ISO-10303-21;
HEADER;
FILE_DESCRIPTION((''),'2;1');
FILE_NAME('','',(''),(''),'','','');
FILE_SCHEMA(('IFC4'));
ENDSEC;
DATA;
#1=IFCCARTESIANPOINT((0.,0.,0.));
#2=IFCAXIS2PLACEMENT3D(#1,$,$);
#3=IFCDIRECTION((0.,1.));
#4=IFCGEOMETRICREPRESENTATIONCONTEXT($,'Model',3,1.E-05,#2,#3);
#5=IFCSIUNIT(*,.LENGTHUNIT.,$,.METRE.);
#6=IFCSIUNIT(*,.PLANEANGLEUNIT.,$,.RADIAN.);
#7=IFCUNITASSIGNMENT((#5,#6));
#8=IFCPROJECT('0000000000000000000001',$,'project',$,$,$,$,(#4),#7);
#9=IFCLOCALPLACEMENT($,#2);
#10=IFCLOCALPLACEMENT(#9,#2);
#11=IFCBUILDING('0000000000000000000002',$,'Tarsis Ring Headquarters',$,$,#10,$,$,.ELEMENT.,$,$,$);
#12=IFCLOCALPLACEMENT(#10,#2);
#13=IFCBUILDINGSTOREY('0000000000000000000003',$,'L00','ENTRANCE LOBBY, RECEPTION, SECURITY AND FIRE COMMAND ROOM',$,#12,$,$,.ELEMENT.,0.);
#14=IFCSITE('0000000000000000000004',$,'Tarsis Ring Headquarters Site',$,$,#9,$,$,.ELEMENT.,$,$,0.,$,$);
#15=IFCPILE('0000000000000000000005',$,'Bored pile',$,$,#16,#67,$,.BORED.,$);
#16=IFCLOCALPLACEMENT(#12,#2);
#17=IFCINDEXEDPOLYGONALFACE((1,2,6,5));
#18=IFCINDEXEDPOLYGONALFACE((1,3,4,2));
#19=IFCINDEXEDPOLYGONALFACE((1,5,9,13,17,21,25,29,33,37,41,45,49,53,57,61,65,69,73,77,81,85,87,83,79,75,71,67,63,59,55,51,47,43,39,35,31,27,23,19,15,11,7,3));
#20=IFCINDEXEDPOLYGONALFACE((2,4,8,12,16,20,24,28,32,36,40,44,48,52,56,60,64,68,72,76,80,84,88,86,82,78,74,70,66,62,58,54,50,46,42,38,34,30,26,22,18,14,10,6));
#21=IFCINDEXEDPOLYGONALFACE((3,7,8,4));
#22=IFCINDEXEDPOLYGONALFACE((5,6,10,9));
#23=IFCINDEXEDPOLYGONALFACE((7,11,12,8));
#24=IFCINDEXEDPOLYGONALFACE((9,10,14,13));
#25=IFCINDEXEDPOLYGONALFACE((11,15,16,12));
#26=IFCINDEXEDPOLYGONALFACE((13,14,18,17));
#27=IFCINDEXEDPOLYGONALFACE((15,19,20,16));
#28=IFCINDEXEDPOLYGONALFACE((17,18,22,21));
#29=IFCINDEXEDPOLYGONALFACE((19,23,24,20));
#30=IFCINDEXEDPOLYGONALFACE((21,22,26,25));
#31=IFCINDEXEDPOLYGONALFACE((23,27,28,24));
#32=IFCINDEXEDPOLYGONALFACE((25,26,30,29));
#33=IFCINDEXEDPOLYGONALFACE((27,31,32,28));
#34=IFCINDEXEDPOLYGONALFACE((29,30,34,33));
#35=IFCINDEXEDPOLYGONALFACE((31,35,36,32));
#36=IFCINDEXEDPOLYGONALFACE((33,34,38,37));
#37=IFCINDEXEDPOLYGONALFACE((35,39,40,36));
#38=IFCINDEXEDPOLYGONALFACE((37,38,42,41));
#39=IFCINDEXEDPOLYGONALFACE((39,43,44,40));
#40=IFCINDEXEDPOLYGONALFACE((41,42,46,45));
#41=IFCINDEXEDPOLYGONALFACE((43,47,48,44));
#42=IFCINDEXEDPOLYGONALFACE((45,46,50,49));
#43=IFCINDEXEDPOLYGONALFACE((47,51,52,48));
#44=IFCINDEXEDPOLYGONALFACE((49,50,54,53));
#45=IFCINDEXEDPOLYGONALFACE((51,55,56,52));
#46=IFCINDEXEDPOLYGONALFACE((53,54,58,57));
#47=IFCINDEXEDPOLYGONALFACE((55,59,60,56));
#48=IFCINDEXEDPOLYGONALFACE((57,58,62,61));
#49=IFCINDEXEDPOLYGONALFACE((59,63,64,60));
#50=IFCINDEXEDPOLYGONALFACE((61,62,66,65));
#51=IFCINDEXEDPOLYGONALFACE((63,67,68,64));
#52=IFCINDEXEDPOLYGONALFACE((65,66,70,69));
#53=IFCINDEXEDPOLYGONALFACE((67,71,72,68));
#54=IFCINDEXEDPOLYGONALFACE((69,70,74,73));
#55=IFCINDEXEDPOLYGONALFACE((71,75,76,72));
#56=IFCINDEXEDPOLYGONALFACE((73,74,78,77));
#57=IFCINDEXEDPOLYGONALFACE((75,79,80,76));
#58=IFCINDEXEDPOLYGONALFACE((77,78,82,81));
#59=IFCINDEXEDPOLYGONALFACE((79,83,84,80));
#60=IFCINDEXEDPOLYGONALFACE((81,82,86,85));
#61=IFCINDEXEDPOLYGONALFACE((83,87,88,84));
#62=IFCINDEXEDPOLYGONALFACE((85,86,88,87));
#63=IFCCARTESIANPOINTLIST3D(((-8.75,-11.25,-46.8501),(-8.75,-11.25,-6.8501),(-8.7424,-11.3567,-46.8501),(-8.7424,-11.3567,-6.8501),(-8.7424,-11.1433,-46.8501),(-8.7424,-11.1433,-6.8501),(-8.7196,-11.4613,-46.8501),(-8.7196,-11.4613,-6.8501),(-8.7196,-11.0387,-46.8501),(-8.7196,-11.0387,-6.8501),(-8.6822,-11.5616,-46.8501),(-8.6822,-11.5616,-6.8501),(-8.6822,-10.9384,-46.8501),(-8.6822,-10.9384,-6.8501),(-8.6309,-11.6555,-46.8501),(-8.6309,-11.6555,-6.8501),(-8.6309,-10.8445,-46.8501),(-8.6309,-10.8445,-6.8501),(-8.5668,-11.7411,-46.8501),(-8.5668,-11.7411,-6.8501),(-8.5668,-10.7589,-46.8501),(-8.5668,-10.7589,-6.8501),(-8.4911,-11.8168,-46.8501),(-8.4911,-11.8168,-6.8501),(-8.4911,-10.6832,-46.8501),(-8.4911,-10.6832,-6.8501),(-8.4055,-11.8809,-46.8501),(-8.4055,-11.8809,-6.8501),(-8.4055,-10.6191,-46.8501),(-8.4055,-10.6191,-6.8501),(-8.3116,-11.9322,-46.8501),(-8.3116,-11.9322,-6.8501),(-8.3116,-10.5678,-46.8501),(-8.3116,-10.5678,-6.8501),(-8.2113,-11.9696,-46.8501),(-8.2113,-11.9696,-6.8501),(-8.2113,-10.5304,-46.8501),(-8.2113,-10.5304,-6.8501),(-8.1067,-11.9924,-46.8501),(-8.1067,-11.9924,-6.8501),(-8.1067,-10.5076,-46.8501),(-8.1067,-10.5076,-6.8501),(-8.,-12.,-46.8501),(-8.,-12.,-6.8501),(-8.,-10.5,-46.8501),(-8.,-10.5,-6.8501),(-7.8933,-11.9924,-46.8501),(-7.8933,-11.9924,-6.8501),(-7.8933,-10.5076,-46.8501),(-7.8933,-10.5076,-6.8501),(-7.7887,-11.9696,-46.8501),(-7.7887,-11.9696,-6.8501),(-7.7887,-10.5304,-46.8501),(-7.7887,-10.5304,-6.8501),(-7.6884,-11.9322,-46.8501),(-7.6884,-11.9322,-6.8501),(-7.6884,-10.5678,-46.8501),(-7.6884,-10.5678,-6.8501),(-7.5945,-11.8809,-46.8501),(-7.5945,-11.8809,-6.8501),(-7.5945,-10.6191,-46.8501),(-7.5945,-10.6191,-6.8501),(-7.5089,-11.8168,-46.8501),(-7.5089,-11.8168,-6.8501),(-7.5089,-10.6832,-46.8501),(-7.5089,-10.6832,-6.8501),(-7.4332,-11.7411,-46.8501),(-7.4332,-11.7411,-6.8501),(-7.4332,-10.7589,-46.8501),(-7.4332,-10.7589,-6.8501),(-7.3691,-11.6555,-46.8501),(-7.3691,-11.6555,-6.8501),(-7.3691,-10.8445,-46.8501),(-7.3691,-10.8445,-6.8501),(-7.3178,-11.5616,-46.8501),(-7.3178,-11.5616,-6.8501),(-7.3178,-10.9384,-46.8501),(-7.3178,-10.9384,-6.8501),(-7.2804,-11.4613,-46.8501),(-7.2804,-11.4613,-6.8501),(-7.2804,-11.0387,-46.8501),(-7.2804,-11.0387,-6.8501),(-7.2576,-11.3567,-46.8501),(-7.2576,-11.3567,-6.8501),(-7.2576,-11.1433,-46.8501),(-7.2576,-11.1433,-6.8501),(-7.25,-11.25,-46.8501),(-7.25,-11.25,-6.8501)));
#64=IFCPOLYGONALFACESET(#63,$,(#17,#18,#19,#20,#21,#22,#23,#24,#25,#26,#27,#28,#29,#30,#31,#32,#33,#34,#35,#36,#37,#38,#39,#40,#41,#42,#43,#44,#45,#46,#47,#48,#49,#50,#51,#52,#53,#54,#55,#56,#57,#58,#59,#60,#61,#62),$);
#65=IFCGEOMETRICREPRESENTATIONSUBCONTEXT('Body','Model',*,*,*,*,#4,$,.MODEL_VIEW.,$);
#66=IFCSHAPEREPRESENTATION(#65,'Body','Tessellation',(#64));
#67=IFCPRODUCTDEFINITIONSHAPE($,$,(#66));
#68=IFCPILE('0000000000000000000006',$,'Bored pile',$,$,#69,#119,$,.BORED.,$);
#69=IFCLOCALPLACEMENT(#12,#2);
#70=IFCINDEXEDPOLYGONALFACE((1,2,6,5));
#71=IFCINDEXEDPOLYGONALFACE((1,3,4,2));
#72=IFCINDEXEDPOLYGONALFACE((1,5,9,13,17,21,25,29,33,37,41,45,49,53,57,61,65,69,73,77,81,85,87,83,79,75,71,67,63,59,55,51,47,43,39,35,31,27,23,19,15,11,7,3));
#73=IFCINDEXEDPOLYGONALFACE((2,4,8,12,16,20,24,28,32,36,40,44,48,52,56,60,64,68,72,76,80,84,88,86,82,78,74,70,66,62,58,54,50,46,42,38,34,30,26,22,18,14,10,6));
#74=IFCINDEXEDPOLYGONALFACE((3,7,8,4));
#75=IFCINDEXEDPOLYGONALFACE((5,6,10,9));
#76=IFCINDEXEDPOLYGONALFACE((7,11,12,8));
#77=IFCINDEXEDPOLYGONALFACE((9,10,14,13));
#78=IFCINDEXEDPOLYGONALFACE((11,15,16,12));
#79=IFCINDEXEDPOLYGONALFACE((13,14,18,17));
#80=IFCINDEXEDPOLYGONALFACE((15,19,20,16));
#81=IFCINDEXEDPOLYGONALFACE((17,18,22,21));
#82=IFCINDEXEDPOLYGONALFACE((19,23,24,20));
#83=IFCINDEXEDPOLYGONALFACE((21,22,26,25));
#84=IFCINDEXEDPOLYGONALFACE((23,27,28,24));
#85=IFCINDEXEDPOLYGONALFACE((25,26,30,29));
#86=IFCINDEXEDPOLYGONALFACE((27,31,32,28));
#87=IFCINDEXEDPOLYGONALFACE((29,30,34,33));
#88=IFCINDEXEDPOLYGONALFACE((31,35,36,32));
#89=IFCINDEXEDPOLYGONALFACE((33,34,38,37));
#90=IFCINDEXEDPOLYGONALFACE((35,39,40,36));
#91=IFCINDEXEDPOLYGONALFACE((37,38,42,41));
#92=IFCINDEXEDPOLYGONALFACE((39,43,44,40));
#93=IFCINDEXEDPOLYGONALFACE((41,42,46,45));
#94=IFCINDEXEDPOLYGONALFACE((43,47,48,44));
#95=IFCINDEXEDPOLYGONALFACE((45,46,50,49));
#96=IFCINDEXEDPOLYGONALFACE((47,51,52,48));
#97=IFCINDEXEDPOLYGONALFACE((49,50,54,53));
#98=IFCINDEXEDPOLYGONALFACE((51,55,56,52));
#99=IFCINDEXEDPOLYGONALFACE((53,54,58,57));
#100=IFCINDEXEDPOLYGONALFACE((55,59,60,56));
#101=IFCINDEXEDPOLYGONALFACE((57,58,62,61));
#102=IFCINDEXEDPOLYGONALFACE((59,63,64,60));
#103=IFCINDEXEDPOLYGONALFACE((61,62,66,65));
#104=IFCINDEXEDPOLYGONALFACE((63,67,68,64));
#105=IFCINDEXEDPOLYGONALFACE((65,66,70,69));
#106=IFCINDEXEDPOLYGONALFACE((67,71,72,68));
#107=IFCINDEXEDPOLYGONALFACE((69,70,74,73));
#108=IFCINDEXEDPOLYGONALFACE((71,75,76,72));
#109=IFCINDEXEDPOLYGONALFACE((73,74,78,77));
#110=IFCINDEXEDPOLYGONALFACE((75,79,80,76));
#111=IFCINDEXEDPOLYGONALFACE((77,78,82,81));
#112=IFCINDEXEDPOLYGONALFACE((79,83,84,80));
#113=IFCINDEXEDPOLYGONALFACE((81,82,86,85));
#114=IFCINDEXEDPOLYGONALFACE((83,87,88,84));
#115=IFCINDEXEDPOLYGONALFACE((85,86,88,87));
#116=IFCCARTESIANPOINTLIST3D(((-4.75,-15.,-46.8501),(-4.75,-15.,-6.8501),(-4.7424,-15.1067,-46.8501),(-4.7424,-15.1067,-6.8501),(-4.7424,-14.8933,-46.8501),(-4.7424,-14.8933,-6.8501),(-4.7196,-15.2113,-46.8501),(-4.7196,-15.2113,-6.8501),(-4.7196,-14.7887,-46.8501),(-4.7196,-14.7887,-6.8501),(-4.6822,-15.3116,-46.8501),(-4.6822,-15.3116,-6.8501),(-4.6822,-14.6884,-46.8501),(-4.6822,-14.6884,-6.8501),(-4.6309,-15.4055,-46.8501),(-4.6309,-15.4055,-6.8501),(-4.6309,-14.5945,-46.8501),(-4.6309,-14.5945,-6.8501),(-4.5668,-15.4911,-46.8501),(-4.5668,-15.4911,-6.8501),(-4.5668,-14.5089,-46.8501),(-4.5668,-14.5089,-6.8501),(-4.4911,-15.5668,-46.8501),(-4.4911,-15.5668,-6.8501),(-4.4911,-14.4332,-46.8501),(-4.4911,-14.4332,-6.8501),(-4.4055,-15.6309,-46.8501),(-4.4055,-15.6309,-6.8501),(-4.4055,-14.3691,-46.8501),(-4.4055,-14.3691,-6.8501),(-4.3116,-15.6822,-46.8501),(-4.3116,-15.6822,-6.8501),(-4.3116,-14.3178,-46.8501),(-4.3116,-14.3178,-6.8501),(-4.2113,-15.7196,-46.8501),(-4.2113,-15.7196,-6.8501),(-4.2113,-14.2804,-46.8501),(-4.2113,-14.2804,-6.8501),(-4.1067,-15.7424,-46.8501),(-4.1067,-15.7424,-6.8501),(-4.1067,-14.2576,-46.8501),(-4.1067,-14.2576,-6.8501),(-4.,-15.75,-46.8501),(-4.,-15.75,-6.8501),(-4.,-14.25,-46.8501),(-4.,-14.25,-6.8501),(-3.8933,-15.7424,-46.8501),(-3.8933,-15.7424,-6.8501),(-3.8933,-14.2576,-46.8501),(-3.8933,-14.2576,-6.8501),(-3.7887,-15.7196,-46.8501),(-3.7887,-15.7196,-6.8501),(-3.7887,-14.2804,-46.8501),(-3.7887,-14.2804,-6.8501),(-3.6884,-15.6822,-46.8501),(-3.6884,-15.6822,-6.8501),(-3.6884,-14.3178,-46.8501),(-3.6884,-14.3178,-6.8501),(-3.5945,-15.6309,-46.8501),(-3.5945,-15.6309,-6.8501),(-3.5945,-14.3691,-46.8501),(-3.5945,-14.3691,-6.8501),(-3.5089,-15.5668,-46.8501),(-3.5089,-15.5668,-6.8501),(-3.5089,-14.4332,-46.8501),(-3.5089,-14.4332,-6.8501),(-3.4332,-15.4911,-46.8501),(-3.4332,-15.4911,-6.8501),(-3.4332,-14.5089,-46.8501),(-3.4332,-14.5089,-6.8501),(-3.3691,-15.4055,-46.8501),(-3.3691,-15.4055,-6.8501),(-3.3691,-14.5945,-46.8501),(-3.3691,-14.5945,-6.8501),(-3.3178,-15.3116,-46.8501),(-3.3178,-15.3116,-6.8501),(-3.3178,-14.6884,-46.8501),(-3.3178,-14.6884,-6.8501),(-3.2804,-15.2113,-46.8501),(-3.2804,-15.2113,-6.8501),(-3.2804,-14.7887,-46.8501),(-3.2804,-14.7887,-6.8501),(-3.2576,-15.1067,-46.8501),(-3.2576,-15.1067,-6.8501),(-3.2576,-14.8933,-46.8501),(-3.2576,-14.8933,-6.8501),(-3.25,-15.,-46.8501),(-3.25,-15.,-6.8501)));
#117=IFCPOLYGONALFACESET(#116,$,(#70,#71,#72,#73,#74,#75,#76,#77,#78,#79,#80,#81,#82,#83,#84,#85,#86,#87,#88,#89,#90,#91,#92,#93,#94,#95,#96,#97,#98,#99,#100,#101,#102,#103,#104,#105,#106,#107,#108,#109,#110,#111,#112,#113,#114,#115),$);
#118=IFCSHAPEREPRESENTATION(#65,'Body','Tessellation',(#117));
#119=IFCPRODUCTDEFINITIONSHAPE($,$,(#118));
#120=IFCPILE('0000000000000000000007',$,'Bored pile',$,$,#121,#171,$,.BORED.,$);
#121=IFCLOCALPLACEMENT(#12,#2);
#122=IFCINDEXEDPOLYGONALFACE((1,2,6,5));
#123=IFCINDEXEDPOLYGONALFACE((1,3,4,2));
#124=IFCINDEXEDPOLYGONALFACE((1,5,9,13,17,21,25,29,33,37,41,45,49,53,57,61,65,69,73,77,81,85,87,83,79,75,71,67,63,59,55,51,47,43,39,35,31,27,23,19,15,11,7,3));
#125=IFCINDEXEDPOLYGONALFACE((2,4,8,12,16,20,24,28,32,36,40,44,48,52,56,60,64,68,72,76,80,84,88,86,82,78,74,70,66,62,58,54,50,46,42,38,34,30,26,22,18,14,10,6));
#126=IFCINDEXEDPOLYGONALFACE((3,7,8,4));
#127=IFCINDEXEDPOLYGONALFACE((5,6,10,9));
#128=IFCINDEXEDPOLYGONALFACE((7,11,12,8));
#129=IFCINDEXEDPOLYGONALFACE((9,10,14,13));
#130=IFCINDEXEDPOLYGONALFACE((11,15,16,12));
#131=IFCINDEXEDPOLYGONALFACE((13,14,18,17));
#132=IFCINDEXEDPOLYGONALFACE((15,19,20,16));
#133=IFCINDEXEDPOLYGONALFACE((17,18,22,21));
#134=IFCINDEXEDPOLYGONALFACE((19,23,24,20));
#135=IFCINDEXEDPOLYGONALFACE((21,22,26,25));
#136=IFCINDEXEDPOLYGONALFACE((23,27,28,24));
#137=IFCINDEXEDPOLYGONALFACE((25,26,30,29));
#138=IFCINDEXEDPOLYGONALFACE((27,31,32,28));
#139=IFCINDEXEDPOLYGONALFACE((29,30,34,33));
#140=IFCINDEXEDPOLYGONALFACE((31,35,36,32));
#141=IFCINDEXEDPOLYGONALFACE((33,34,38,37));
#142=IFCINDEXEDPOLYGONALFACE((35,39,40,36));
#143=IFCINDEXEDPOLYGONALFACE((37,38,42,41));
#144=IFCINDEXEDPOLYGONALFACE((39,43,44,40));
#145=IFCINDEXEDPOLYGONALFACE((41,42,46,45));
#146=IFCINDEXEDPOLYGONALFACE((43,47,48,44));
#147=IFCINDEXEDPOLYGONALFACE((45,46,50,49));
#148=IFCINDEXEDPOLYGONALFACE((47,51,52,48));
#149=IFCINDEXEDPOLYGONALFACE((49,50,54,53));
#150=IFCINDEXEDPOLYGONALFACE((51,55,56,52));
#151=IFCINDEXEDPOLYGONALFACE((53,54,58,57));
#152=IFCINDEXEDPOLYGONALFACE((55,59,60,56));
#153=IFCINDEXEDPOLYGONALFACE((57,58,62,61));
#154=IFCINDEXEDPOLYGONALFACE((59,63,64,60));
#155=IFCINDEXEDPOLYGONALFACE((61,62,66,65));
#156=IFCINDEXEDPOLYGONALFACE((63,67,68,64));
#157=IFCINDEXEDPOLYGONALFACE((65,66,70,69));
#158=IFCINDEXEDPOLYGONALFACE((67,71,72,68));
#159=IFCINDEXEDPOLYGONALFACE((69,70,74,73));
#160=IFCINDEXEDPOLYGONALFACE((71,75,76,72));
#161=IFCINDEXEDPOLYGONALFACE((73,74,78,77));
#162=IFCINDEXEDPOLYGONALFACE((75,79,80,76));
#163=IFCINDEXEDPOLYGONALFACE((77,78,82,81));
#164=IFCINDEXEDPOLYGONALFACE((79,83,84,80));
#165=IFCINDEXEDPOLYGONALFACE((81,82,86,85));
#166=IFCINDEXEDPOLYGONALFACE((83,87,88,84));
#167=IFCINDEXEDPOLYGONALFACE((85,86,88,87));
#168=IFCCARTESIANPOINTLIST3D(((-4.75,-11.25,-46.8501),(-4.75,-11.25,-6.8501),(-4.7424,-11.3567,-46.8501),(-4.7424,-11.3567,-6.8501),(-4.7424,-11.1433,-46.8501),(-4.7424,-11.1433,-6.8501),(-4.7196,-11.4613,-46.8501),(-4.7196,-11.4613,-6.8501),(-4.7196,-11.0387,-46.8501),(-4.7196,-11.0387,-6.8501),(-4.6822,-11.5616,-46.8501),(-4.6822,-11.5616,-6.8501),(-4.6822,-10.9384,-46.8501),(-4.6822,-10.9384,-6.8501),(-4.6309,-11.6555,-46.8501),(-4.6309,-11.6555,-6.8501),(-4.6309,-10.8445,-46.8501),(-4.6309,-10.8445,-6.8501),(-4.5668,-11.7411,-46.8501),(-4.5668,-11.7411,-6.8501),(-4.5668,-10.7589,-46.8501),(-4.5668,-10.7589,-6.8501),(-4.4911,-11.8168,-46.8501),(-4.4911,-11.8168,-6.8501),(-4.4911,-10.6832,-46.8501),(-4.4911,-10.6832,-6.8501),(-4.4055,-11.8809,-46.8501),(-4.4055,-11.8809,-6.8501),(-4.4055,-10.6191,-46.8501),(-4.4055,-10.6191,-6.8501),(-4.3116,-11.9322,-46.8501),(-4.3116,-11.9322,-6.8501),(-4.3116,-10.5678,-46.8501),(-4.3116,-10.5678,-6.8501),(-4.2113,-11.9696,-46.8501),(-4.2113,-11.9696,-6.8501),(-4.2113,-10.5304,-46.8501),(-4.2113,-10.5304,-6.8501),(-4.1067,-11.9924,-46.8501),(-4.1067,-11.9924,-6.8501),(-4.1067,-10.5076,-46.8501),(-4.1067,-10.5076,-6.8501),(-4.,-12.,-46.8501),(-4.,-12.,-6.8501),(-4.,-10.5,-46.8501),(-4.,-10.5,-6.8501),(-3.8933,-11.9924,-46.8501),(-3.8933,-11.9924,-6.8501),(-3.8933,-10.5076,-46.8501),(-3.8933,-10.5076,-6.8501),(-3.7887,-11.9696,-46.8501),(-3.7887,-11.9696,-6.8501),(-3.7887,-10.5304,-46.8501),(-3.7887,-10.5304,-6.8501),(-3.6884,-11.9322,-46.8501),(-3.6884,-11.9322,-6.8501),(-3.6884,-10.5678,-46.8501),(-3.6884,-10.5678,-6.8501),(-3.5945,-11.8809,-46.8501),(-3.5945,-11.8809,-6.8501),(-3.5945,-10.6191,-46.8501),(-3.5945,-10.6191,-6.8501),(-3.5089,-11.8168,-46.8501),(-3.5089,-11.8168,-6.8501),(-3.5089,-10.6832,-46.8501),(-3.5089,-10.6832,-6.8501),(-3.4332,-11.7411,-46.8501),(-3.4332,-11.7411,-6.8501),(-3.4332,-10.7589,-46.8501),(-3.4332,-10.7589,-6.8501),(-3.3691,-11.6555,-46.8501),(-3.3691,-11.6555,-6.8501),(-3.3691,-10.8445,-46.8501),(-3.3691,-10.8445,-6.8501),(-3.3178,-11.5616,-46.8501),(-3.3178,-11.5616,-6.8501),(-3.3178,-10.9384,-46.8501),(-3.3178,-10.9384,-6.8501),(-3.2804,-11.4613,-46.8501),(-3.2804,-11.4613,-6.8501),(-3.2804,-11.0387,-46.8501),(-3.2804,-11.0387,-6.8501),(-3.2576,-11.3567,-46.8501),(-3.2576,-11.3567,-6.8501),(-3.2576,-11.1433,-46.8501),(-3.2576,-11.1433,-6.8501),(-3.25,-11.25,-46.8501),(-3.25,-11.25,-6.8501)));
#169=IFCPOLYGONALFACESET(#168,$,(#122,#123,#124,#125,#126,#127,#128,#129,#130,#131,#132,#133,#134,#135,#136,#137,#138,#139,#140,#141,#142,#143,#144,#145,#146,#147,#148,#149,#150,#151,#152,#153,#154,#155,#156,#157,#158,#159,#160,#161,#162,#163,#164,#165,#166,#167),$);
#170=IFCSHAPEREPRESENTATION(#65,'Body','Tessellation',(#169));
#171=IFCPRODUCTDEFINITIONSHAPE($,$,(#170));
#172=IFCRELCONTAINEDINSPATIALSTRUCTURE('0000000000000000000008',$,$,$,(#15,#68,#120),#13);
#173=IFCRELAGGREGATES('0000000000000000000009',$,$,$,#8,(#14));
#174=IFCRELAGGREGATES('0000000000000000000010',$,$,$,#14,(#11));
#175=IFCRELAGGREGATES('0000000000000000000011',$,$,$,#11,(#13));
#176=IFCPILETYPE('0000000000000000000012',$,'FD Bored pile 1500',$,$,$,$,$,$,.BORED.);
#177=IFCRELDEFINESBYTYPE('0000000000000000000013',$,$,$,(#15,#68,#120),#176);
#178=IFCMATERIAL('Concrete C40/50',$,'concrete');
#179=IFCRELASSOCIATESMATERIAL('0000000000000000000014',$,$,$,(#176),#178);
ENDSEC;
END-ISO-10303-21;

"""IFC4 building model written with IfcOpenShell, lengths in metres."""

from ifc_helpers import new_model, si_unit, direction, frame, origin, origin_2d, place, context, subcontext, project, spatial, circle, extrude, material, material_profile, profile_set, type_object, element, save


model = new_model("IFC4")

# Units and contexts
model_context = context("Model", 3, precision=1e-05, world=origin(), true_north=direction((0.0, 1.0)))
body_context = subcontext(model_context, "Body", "Model", "MODEL_VIEW")
ifc_project = project(units=[si_unit("LENGTHUNIT", "METRE"), si_unit("PLANEANGLEUNIT", "RADIAN")], contexts=[model_context])

# Site, building, storey
site_placement = place(None, origin())
site = spatial("IfcSite", under=ifc_project, at=site_placement, Name="Tarsis Ring Headquarters Site", CompositionType="ELEMENT", RefElevation=0.0)
building_placement = place(site_placement, origin())
building = spatial("IfcBuilding", under=site, at=building_placement, Name="Tarsis Ring Headquarters", CompositionType="ELEMENT")
storey_placement = place(building_placement, origin())
storey = spatial("IfcBuildingStorey", under=building, at=storey_placement, Name="L00", Description="ENTRANCE LOBBY, RECEPTION, SECURITY AND FIRE COMMAND ROOM", CompositionType="ELEMENT", Elevation=0.0)

# Piles
ifc_material_1 = material(Name="Concrete C40/50", Category="concrete")
ifc_material_profile = material_profile(ifc_material_1, circle(Radius=0.75, at=origin_2d()), Name="BORED 1500")
ifc_profile_set = profile_set([ifc_material_profile], Name="Concrete C40/50")
pile_type = type_object("IfcPileType", Name="FD Bored pile 1500", PredefinedType="BORED", material=ifc_profile_set)
for number, where, z_axis, x_axis, name in (
    (1, (-8.0, -11.25, -6.8501), (0.0, 0.0, -1.0), (1.0, 0.0, 0.0), "Bored pile"),
    (2, (-4.0, -15.0, -6.8501), (0.0, 0.0, -1.0), (1.0, 0.0, 0.0), "Bored pile"),
    (3, (-4.0, -11.25, -6.8501), (0.0, 0.0, -1.0), (1.0, 0.0, 0.0), "Bored pile"),
):
    element("IfcPile", number, at=place(storey_placement, frame(where, z_axis=z_axis, x_axis=x_axis)), inside=storey, type_object=pile_type, Name=name, PredefinedType="BORED", context=body_context, shape_type="SweptSolid", body=[
        extrude(circle(Radius=0.75, at=origin_2d()), origin(), (0.0, 0.0, 1.0), 40.0),
    ])

save(model, "model.ifc")
